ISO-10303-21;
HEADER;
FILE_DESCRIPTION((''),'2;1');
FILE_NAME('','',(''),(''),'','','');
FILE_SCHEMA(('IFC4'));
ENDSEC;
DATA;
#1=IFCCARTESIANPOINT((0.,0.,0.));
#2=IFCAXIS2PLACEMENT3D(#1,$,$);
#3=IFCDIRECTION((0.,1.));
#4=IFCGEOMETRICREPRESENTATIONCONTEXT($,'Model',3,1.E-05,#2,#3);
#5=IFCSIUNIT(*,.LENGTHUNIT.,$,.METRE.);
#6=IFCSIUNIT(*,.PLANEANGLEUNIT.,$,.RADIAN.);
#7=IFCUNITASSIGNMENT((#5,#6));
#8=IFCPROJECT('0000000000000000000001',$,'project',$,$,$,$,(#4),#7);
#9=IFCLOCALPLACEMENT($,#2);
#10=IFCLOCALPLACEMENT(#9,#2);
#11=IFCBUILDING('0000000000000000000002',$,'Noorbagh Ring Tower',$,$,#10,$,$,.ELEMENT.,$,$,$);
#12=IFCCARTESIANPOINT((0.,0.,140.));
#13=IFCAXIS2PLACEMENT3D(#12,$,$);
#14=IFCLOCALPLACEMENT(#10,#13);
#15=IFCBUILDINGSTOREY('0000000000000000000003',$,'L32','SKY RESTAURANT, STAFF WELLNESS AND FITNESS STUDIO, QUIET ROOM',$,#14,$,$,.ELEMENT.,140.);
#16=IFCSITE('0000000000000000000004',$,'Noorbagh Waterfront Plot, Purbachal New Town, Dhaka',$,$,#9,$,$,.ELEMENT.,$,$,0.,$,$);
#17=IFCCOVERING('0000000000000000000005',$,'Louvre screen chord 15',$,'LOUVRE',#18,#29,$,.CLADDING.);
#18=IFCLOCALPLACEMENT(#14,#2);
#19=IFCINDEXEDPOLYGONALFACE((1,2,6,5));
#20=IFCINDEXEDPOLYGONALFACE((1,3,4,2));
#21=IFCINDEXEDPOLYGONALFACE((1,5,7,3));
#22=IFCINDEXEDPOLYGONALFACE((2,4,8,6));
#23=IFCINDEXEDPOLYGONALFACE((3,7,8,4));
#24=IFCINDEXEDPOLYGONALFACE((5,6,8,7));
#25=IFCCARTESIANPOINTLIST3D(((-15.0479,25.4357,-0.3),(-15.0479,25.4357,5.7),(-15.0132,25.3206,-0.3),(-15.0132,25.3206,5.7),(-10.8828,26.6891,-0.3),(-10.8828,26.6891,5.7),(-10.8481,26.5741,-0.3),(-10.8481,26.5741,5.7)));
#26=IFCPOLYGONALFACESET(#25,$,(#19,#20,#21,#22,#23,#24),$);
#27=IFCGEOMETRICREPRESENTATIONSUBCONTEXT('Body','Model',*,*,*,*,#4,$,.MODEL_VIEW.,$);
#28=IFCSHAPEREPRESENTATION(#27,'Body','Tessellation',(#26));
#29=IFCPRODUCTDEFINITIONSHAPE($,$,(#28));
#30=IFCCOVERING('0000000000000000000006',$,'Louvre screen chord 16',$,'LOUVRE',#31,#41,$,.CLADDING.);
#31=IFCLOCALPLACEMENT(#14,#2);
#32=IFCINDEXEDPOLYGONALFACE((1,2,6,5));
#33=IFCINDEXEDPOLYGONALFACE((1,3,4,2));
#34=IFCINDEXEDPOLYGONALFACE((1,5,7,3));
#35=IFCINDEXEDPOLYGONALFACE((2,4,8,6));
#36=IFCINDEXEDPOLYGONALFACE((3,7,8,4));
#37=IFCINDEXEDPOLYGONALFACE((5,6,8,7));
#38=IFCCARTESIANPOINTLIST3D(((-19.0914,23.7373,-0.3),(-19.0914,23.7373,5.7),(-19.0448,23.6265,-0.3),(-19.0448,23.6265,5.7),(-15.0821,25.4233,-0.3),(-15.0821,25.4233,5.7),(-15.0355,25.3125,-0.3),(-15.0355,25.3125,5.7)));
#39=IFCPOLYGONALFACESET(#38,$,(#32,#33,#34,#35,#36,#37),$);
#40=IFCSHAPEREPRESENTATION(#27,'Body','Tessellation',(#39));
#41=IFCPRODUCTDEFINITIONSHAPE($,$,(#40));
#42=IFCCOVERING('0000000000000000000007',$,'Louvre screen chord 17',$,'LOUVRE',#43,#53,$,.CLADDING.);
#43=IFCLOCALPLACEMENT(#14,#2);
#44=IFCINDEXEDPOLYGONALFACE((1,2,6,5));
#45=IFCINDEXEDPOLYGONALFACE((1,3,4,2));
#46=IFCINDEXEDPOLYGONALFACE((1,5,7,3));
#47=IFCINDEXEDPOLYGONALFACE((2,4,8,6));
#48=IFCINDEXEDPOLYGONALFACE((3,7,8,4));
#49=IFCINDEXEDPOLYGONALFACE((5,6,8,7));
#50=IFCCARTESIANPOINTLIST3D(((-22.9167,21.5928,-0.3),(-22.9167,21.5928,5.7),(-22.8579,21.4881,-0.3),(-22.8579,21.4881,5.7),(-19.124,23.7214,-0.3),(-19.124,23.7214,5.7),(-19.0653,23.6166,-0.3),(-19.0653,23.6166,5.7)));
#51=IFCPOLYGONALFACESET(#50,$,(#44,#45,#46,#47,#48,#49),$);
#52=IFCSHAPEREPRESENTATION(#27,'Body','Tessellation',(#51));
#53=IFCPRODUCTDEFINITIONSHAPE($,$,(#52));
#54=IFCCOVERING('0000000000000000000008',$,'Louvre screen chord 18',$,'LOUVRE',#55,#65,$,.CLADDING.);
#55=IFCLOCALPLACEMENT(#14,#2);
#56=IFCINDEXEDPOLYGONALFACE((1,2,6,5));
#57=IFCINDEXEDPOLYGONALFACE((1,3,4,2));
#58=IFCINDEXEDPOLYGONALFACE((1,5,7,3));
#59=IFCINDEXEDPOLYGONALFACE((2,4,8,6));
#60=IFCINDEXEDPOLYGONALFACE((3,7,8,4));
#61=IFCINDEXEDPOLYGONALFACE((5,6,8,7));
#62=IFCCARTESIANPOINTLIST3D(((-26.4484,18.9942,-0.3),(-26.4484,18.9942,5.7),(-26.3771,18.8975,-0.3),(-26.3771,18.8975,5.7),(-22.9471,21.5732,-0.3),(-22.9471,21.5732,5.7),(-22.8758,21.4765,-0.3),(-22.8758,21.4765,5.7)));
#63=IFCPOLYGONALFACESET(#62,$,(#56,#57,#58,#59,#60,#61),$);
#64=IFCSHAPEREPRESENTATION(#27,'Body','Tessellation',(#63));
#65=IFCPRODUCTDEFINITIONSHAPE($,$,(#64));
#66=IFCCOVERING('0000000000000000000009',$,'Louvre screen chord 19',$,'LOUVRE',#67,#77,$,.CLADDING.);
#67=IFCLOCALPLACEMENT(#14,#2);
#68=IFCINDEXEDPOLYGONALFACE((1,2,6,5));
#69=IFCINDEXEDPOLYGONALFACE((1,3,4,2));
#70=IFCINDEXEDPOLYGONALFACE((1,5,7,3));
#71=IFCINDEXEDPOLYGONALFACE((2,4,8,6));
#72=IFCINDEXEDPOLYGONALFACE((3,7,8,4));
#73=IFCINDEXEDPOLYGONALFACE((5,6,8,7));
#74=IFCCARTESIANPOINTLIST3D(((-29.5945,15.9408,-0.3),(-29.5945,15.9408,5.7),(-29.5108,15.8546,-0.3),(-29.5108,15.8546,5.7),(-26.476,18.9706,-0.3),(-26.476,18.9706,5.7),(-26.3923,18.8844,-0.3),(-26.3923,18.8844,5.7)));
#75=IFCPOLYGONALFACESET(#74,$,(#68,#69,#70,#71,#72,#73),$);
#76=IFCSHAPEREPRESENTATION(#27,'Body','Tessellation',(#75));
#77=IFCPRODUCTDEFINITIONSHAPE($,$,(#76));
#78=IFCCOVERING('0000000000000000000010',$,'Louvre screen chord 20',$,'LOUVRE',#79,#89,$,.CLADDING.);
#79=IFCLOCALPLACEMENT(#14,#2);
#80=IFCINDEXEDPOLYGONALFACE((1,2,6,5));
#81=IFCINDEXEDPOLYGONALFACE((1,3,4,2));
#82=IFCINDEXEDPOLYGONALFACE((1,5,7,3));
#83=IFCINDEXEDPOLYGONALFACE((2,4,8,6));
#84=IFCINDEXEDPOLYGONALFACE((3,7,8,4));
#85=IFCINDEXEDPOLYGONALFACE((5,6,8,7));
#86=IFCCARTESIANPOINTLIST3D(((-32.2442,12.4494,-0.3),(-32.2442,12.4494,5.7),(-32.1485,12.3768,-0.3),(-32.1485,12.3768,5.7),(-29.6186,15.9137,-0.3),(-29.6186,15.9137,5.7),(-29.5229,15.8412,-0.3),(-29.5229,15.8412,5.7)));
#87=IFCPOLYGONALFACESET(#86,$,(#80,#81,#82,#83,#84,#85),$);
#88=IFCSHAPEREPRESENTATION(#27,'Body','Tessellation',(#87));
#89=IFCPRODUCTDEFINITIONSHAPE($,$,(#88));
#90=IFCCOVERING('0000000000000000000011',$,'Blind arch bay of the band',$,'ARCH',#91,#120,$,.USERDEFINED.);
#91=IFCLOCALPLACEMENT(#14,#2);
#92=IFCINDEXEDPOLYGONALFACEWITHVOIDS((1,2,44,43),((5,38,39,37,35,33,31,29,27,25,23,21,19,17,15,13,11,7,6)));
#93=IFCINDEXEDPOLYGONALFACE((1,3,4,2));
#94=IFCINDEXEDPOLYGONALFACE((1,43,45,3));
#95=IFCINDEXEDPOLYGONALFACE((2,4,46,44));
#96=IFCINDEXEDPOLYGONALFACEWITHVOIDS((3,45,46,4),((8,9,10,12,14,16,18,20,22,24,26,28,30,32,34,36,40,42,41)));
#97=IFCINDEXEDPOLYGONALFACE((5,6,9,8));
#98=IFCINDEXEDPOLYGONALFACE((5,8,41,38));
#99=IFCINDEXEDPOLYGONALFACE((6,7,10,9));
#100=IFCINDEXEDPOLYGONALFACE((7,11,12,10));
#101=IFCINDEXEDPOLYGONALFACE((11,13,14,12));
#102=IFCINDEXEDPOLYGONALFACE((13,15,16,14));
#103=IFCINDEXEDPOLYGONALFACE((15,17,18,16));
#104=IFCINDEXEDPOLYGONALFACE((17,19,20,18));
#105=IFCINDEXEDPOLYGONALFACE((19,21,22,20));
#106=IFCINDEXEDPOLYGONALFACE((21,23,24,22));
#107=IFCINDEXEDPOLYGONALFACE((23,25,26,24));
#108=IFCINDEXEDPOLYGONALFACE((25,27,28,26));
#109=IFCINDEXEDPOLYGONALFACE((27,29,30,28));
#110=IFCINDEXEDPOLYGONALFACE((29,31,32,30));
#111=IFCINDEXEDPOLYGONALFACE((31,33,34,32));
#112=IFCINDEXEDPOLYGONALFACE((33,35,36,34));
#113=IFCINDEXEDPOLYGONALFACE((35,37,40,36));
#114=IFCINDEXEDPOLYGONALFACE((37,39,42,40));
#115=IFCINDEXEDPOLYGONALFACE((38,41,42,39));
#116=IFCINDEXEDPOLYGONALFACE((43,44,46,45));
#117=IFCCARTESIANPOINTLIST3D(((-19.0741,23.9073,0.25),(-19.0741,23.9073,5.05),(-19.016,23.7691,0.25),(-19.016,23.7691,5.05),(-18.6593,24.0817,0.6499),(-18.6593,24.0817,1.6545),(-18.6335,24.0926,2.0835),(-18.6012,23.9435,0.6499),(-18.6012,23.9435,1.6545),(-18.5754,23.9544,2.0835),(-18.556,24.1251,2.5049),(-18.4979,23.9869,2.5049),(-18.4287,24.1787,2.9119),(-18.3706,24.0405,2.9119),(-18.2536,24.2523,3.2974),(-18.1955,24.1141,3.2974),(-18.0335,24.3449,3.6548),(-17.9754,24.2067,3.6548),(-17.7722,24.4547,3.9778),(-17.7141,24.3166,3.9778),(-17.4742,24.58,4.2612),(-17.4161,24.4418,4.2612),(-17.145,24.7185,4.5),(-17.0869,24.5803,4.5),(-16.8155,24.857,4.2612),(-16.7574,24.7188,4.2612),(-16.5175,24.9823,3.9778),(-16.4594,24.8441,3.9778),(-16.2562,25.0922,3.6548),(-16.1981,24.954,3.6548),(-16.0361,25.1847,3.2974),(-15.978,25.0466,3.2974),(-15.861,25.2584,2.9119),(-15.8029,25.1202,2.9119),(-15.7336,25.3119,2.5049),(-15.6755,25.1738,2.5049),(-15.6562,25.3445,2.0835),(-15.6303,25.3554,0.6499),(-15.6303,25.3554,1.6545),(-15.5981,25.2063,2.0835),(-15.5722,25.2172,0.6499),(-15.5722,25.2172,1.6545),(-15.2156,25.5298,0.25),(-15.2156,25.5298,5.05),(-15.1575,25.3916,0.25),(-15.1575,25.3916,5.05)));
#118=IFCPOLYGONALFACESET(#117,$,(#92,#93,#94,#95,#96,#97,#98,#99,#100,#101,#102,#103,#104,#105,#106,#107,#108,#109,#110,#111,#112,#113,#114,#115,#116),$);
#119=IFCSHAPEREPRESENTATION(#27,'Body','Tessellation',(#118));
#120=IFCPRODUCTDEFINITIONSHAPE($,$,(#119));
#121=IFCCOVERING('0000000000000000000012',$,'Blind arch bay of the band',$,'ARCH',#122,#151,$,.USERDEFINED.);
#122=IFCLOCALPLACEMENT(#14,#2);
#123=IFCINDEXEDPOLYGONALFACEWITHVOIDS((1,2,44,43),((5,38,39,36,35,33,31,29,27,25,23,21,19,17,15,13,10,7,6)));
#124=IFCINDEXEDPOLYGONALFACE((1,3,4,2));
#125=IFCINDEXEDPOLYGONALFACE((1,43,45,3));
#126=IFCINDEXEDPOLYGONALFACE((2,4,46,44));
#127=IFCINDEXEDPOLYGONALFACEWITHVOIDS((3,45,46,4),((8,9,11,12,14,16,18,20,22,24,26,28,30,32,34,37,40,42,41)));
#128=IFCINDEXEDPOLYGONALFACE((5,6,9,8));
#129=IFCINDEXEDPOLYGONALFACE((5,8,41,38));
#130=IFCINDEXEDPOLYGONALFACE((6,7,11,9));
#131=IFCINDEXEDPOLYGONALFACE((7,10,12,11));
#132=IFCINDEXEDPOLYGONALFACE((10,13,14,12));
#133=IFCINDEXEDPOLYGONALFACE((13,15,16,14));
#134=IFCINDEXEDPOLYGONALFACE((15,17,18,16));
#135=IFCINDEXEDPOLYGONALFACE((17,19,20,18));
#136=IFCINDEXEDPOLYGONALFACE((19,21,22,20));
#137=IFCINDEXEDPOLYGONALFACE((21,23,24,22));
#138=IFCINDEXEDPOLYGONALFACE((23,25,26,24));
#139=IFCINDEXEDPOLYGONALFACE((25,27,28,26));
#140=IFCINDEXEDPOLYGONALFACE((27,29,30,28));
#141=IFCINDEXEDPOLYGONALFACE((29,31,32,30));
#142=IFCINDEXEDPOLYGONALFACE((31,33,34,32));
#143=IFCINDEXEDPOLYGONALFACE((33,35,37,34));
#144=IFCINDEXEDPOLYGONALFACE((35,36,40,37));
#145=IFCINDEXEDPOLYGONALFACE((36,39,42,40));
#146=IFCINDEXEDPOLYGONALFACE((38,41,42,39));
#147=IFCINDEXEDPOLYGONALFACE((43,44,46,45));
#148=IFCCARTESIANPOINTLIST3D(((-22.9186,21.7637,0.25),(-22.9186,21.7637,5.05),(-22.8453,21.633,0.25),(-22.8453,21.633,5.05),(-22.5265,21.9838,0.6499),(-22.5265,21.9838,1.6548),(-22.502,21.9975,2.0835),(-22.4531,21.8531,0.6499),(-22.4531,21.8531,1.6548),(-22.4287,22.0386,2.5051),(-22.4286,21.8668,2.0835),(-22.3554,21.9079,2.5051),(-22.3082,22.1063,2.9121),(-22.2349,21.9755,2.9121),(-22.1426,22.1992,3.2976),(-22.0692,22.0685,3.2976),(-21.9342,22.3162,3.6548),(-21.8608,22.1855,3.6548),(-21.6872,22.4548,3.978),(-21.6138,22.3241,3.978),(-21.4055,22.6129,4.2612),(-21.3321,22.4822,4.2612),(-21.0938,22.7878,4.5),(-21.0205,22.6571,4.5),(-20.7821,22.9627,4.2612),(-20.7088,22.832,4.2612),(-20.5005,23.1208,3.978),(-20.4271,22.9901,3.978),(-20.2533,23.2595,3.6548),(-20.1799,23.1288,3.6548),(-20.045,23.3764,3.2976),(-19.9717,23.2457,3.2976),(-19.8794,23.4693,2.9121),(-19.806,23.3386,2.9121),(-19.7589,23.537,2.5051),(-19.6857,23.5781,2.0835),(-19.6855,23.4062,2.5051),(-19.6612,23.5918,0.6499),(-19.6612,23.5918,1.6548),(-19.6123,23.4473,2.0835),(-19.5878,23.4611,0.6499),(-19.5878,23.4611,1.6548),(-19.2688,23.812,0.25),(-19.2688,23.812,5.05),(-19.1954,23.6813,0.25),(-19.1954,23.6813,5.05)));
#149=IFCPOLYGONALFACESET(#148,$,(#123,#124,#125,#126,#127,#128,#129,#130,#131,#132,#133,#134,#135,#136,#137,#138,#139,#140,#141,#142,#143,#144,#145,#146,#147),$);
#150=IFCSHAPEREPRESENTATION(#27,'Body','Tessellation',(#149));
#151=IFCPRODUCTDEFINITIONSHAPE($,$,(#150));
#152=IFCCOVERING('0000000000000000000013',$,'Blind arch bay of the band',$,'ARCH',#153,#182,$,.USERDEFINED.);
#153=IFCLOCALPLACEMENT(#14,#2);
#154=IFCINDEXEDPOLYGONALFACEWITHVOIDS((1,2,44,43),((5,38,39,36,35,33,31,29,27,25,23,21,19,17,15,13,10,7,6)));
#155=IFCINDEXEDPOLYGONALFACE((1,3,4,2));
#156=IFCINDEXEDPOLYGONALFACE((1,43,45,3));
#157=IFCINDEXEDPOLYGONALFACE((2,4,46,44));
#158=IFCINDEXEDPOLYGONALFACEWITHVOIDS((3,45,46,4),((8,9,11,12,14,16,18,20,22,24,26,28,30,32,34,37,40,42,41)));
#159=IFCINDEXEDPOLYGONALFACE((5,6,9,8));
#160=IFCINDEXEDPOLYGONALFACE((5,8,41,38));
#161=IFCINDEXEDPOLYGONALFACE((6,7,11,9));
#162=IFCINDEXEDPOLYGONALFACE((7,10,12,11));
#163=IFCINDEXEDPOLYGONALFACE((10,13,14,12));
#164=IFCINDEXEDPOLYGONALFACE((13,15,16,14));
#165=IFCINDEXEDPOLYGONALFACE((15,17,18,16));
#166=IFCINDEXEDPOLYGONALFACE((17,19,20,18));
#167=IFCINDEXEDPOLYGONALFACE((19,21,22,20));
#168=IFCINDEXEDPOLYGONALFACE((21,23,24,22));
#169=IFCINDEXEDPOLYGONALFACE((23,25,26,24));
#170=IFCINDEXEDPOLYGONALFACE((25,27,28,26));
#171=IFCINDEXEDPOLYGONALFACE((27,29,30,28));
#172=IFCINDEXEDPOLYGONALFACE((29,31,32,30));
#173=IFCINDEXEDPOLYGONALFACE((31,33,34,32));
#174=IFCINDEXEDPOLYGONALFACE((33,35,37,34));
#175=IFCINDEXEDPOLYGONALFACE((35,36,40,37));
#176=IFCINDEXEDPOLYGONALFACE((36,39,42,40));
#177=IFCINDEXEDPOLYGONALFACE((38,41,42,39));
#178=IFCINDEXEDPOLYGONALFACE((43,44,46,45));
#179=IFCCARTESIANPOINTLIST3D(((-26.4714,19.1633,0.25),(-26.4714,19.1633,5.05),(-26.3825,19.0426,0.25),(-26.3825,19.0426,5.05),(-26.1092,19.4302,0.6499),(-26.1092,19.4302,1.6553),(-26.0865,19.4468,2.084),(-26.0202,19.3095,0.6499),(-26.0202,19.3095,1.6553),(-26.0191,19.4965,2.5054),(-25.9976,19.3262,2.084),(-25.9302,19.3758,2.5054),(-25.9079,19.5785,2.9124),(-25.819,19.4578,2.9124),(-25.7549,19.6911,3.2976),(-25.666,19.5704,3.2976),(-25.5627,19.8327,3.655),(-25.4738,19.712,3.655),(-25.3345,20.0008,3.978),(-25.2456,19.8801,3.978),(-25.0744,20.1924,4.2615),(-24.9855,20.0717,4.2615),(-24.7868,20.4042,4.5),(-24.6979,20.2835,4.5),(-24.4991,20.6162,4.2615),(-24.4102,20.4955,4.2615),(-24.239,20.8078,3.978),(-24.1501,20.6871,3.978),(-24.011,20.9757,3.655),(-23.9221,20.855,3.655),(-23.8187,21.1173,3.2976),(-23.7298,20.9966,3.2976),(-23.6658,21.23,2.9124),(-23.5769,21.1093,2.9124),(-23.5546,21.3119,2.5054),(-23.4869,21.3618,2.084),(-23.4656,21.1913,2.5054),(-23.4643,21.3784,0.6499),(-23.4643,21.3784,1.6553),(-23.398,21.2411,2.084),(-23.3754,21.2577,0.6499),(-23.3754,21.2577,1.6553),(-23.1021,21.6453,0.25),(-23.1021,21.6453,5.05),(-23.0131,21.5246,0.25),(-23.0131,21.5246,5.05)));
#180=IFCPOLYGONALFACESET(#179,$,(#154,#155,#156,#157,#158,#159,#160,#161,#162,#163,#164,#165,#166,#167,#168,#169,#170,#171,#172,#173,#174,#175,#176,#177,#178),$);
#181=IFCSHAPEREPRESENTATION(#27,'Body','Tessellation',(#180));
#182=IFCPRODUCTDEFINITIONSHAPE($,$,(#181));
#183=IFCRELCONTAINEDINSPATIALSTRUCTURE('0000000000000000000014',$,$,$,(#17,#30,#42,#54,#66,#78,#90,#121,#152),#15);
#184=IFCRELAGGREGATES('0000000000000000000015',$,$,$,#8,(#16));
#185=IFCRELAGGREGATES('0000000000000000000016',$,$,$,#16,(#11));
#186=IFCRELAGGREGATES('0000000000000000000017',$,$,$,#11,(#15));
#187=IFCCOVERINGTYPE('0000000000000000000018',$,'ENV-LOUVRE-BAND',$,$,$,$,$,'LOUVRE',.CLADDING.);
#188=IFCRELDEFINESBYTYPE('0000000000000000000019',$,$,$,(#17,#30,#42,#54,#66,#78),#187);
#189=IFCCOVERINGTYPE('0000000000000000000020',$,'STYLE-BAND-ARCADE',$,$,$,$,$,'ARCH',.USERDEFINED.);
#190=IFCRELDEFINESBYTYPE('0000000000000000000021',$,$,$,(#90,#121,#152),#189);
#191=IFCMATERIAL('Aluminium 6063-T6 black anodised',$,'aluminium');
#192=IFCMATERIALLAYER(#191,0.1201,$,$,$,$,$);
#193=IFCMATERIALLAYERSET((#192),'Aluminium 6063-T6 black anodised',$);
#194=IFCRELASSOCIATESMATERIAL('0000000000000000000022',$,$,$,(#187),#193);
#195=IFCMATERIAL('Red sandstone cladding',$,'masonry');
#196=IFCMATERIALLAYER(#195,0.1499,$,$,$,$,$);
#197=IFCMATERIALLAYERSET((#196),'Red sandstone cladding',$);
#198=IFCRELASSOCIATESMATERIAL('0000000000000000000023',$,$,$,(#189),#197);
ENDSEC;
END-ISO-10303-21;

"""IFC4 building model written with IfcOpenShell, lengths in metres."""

from ifc_helpers import new_model, si_unit, direction, frame, origin, origin_2d, place, context, subcontext, project, spatial, polyline, rectangle, outline, extrude, material, layer, layer_set, type_object, element, save


model = new_model("IFC4")

# Units and contexts
model_context = context("Model", 3, precision=1e-05, world=origin(), true_north=direction((0.0, 1.0)))
body_context = subcontext(model_context, "Body", "Model", "MODEL_VIEW")
ifc_project = project(units=[si_unit("LENGTHUNIT", "METRE"), si_unit("PLANEANGLEUNIT", "RADIAN")], contexts=[model_context])

# Site, building, storey
site_placement = place(None, origin())
site = spatial("IfcSite", under=ifc_project, at=site_placement, Name="Noorbagh Waterfront Plot, Purbachal New Town, Dhaka", CompositionType="ELEMENT", RefElevation=0.0)
building_placement = place(site_placement, origin())
building = spatial("IfcBuilding", under=site, at=building_placement, Name="Noorbagh Ring Tower", CompositionType="ELEMENT")
storey_placement = place(building_placement, frame((0.0, 0.0, 140.0)))
storey = spatial("IfcBuildingStorey", under=building, at=storey_placement, Name="L32", Description="SKY RESTAURANT, STAFF WELLNESS AND FITNESS STUDIO, QUIET ROOM", CompositionType="ELEMENT", Elevation=140.0)

# Coverings
ifc_material_1 = material(Name="Aluminium 6063-T6 black anodised", Category="aluminium")
ifc_layer_1 = layer(ifc_material_1, 0.1201)
ifc_layer_set_1 = layer_set([ifc_layer_1], Name="Aluminium 6063-T6 black anodised")
covering_type_1 = type_object("IfcCoveringType", Name="ENV-LOUVRE-BAND", ElementType="LOUVRE", PredefinedType="CLADDING", material=ifc_layer_set_1)
covering_1_placement = place(storey_placement, frame((-12.948, 26.0049, -0.3), z_axis=(0.0, 0.0, 1.0), x_axis=(-0.957578, -0.288174, 0.0)))
element("IfcCovering", 1, at=covering_1_placement, inside=storey, type_object=covering_type_1, Name="Louvre screen chord 15", ObjectType="LOUVRE", PredefinedType="CLADDING", context=body_context, shape_type="SweptSolid", body=[
    extrude(rectangle(XDim=4.3496, YDim=0.1201, at=origin_2d()), origin(), (0.0, 0.0, 1.0), 6.0),
])
covering_2_placement = place(storey_placement, frame((-17.0635, 24.5249, -0.3), z_axis=(0.0, 0.0, 1.0), x_axis=(-0.921812, -0.387638, 0.0)))
element("IfcCovering", 2, at=covering_2_placement, inside=storey, type_object=covering_type_1, Name="Louvre screen chord 16", ObjectType="LOUVRE", PredefinedType="CLADDING", context=body_context, shape_type="SweptSolid", body=[
    extrude(rectangle(XDim=4.3494, YDim=0.1201, at=origin_2d()), origin(), (0.0, 0.0, 1.0), 6.0),
])
covering_3_placement = place(storey_placement, frame((-20.991, 22.6047, -0.3), z_axis=(0.0, 0.0, 1.0), x_axis=(-0.872045, -0.489426, 0.0)))
element("IfcCovering", 3, at=covering_3_placement, inside=storey, type_object=covering_type_1, Name="Louvre screen chord 17", ObjectType="LOUVRE", PredefinedType="CLADDING", context=body_context, shape_type="SweptSolid", body=[
    extrude(rectangle(XDim=4.3491, YDim=0.1201, at=origin_2d()), origin(), (0.0, 0.0, 1.0), 6.0),
])
covering_4_placement = place(storey_placement, frame((-24.6621, 20.2354, -0.3), z_axis=(0.0, 0.0, 1.0), x_axis=(-0.805153, -0.593067, 0.0)))
element("IfcCovering", 4, at=covering_4_placement, inside=storey, type_object=covering_type_1, Name="Louvre screen chord 18", ObjectType="LOUVRE", PredefinedType="CLADDING", context=body_context, shape_type="SweptSolid", body=[
    extrude(rectangle(XDim=4.3486, YDim=0.1201, at=origin_2d()), origin(), (0.0, 0.0, 1.0), 6.0),
])
covering_5_placement = place(storey_placement, frame((-27.9934, 17.4126, -0.3), z_axis=(0.0, 0.0, 1.0), x_axis=(-0.717225, -0.696842, 0.0)))
element("IfcCovering", 5, at=covering_5_placement, inside=storey, type_object=covering_type_1, Name="Louvre screen chord 19", ObjectType="LOUVRE", PredefinedType="CLADDING", context=body_context, shape_type="SweptSolid", body=[
    extrude(rectangle(XDim=4.3479, YDim=0.1201, at=origin_2d()), origin(), (0.0, 0.0, 1.0), 6.0),
])
covering_6_placement = place(storey_placement, frame((-30.8835, 14.1453, -0.3), z_axis=(0.0, 0.0, 1.0), x_axis=(-0.60402, -0.796969, 0.0)))
element("IfcCovering", 6, at=covering_6_placement, inside=storey, type_object=covering_type_1, Name="Louvre screen chord 20", ObjectType="LOUVRE", PredefinedType="CLADDING", context=body_context, shape_type="SweptSolid", body=[
    extrude(rectangle(XDim=4.3469, YDim=0.1201, at=origin_2d()), origin(), (0.0, 0.0, 1.0), 6.0),
])
ifc_material_2 = material(Name="Red sandstone cladding", Category="masonry")
ifc_layer_2 = layer(ifc_material_2, 0.1499)
ifc_layer_set_2 = layer_set([ifc_layer_2], Name="Red sandstone cladding")
covering_type_2 = type_object("IfcCoveringType", Name="STYLE-BAND-ARCADE", ElementType="ARCH", PredefinedType="USERDEFINED", material=ifc_layer_set_2)
covering_7_placement = place(storey_placement, frame((-15.2156, 25.5298, 0.25), z_axis=(-0.387624, 0.921818, 0.0), x_axis=(-0.921818, -0.387624, 0.0)))
element("IfcCovering", 7, at=covering_7_placement, inside=storey, type_object=covering_type_2, Name="Blind arch bay of the band", ObjectType="ARCH", PredefinedType="USERDEFINED", context=body_context, shape_type="SweptSolid", body=[
    extrude(outline(polyline([(0.0, 0.0), (4.1858, 0.0), (4.1858, 4.8), (0.0, 4.8), (0.0, 0.0)]), holes=[polyline([(0.45, 0.3999), (0.45, 1.4045), (0.478, 1.8335), (0.562, 2.2549), (0.7002, 2.6619), (0.8901, 3.0474), (1.1289, 3.4048), (1.4124, 3.7278), (1.7356, 4.0112), (2.093, 4.25), (2.4502, 4.0112), (2.7734, 3.7278), (3.0569, 3.4048), (3.2957, 3.0474), (3.4856, 2.6619), (3.6238, 2.2549), (3.7078, 1.8335), (3.7358, 1.4045), (3.7358, 0.3999), (0.45, 0.3999)])]), origin(), (0.0, 0.0, -1.0), 0.1499),
])
covering_8_placement = place(storey_placement, frame((-19.2688, 23.812, 0.25), z_axis=(-0.489402, 0.872058, 0.0), x_axis=(-0.872058, -0.489402, 0.0)))
element("IfcCovering", 8, at=covering_8_placement, inside=storey, type_object=covering_type_2, Name="Blind arch bay of the band", ObjectType="ARCH", PredefinedType="USERDEFINED", context=body_context, shape_type="SweptSolid", body=[
    extrude(outline(polyline([(0.0, 0.0), (4.1853, 0.0), (4.1853, 4.8), (0.0, 4.8), (0.0, 0.0)]), holes=[polyline([(0.45, 0.3999), (0.45, 1.4048), (0.478, 1.8335), (0.562, 2.2551), (0.7002, 2.6621), (0.8901, 3.0476), (1.1289, 3.4048), (1.4124, 3.728), (1.7354, 4.0112), (2.0928, 4.25), (2.4502, 4.0112), (2.7732, 3.728), (3.0564, 3.4048), (3.2954, 3.0476), (3.4854, 2.6621), (3.6235, 2.2551), (3.7075, 1.8335), (3.7356, 1.4048), (3.7356, 0.3999), (0.45, 0.3999)])]), origin(), (0.0, 0.0, -1.0), 0.1499),
])
covering_9_placement = place(storey_placement, frame((-23.1021, 21.6453, 0.25), z_axis=(-0.59308, 0.805144, 0.0), x_axis=(-0.805144, -0.59308, 0.0)))
element("IfcCovering", 9, at=covering_9_placement, inside=storey, type_object=covering_type_2, Name="Blind arch bay of the band", ObjectType="ARCH", PredefinedType="USERDEFINED", context=body_context, shape_type="SweptSolid", body=[
    extrude(outline(polyline([(0.0, 0.0), (4.1848, 0.0), (4.1848, 4.8), (0.0, 4.8), (0.0, 0.0)]), holes=[polyline([(0.45, 0.3999), (0.45, 1.4053), (0.478, 1.834), (0.562, 2.2554), (0.7002, 2.6624), (0.8901, 3.0476), (1.1289, 3.405), (1.4121, 3.728), (1.7351, 4.0115), (2.0925, 4.25), (2.4497, 4.0115), (2.7727, 3.728), (3.0562, 3.405), (3.2949, 3.0476), (3.4849, 2.6624), (3.623, 2.2554), (3.7068, 1.834), (3.7349, 1.4053), (3.7349, 0.3999), (0.45, 0.3999)])]), origin(), (0.0, 0.0, -1.0), 0.1499),
])

save(model, "model.ifc")
